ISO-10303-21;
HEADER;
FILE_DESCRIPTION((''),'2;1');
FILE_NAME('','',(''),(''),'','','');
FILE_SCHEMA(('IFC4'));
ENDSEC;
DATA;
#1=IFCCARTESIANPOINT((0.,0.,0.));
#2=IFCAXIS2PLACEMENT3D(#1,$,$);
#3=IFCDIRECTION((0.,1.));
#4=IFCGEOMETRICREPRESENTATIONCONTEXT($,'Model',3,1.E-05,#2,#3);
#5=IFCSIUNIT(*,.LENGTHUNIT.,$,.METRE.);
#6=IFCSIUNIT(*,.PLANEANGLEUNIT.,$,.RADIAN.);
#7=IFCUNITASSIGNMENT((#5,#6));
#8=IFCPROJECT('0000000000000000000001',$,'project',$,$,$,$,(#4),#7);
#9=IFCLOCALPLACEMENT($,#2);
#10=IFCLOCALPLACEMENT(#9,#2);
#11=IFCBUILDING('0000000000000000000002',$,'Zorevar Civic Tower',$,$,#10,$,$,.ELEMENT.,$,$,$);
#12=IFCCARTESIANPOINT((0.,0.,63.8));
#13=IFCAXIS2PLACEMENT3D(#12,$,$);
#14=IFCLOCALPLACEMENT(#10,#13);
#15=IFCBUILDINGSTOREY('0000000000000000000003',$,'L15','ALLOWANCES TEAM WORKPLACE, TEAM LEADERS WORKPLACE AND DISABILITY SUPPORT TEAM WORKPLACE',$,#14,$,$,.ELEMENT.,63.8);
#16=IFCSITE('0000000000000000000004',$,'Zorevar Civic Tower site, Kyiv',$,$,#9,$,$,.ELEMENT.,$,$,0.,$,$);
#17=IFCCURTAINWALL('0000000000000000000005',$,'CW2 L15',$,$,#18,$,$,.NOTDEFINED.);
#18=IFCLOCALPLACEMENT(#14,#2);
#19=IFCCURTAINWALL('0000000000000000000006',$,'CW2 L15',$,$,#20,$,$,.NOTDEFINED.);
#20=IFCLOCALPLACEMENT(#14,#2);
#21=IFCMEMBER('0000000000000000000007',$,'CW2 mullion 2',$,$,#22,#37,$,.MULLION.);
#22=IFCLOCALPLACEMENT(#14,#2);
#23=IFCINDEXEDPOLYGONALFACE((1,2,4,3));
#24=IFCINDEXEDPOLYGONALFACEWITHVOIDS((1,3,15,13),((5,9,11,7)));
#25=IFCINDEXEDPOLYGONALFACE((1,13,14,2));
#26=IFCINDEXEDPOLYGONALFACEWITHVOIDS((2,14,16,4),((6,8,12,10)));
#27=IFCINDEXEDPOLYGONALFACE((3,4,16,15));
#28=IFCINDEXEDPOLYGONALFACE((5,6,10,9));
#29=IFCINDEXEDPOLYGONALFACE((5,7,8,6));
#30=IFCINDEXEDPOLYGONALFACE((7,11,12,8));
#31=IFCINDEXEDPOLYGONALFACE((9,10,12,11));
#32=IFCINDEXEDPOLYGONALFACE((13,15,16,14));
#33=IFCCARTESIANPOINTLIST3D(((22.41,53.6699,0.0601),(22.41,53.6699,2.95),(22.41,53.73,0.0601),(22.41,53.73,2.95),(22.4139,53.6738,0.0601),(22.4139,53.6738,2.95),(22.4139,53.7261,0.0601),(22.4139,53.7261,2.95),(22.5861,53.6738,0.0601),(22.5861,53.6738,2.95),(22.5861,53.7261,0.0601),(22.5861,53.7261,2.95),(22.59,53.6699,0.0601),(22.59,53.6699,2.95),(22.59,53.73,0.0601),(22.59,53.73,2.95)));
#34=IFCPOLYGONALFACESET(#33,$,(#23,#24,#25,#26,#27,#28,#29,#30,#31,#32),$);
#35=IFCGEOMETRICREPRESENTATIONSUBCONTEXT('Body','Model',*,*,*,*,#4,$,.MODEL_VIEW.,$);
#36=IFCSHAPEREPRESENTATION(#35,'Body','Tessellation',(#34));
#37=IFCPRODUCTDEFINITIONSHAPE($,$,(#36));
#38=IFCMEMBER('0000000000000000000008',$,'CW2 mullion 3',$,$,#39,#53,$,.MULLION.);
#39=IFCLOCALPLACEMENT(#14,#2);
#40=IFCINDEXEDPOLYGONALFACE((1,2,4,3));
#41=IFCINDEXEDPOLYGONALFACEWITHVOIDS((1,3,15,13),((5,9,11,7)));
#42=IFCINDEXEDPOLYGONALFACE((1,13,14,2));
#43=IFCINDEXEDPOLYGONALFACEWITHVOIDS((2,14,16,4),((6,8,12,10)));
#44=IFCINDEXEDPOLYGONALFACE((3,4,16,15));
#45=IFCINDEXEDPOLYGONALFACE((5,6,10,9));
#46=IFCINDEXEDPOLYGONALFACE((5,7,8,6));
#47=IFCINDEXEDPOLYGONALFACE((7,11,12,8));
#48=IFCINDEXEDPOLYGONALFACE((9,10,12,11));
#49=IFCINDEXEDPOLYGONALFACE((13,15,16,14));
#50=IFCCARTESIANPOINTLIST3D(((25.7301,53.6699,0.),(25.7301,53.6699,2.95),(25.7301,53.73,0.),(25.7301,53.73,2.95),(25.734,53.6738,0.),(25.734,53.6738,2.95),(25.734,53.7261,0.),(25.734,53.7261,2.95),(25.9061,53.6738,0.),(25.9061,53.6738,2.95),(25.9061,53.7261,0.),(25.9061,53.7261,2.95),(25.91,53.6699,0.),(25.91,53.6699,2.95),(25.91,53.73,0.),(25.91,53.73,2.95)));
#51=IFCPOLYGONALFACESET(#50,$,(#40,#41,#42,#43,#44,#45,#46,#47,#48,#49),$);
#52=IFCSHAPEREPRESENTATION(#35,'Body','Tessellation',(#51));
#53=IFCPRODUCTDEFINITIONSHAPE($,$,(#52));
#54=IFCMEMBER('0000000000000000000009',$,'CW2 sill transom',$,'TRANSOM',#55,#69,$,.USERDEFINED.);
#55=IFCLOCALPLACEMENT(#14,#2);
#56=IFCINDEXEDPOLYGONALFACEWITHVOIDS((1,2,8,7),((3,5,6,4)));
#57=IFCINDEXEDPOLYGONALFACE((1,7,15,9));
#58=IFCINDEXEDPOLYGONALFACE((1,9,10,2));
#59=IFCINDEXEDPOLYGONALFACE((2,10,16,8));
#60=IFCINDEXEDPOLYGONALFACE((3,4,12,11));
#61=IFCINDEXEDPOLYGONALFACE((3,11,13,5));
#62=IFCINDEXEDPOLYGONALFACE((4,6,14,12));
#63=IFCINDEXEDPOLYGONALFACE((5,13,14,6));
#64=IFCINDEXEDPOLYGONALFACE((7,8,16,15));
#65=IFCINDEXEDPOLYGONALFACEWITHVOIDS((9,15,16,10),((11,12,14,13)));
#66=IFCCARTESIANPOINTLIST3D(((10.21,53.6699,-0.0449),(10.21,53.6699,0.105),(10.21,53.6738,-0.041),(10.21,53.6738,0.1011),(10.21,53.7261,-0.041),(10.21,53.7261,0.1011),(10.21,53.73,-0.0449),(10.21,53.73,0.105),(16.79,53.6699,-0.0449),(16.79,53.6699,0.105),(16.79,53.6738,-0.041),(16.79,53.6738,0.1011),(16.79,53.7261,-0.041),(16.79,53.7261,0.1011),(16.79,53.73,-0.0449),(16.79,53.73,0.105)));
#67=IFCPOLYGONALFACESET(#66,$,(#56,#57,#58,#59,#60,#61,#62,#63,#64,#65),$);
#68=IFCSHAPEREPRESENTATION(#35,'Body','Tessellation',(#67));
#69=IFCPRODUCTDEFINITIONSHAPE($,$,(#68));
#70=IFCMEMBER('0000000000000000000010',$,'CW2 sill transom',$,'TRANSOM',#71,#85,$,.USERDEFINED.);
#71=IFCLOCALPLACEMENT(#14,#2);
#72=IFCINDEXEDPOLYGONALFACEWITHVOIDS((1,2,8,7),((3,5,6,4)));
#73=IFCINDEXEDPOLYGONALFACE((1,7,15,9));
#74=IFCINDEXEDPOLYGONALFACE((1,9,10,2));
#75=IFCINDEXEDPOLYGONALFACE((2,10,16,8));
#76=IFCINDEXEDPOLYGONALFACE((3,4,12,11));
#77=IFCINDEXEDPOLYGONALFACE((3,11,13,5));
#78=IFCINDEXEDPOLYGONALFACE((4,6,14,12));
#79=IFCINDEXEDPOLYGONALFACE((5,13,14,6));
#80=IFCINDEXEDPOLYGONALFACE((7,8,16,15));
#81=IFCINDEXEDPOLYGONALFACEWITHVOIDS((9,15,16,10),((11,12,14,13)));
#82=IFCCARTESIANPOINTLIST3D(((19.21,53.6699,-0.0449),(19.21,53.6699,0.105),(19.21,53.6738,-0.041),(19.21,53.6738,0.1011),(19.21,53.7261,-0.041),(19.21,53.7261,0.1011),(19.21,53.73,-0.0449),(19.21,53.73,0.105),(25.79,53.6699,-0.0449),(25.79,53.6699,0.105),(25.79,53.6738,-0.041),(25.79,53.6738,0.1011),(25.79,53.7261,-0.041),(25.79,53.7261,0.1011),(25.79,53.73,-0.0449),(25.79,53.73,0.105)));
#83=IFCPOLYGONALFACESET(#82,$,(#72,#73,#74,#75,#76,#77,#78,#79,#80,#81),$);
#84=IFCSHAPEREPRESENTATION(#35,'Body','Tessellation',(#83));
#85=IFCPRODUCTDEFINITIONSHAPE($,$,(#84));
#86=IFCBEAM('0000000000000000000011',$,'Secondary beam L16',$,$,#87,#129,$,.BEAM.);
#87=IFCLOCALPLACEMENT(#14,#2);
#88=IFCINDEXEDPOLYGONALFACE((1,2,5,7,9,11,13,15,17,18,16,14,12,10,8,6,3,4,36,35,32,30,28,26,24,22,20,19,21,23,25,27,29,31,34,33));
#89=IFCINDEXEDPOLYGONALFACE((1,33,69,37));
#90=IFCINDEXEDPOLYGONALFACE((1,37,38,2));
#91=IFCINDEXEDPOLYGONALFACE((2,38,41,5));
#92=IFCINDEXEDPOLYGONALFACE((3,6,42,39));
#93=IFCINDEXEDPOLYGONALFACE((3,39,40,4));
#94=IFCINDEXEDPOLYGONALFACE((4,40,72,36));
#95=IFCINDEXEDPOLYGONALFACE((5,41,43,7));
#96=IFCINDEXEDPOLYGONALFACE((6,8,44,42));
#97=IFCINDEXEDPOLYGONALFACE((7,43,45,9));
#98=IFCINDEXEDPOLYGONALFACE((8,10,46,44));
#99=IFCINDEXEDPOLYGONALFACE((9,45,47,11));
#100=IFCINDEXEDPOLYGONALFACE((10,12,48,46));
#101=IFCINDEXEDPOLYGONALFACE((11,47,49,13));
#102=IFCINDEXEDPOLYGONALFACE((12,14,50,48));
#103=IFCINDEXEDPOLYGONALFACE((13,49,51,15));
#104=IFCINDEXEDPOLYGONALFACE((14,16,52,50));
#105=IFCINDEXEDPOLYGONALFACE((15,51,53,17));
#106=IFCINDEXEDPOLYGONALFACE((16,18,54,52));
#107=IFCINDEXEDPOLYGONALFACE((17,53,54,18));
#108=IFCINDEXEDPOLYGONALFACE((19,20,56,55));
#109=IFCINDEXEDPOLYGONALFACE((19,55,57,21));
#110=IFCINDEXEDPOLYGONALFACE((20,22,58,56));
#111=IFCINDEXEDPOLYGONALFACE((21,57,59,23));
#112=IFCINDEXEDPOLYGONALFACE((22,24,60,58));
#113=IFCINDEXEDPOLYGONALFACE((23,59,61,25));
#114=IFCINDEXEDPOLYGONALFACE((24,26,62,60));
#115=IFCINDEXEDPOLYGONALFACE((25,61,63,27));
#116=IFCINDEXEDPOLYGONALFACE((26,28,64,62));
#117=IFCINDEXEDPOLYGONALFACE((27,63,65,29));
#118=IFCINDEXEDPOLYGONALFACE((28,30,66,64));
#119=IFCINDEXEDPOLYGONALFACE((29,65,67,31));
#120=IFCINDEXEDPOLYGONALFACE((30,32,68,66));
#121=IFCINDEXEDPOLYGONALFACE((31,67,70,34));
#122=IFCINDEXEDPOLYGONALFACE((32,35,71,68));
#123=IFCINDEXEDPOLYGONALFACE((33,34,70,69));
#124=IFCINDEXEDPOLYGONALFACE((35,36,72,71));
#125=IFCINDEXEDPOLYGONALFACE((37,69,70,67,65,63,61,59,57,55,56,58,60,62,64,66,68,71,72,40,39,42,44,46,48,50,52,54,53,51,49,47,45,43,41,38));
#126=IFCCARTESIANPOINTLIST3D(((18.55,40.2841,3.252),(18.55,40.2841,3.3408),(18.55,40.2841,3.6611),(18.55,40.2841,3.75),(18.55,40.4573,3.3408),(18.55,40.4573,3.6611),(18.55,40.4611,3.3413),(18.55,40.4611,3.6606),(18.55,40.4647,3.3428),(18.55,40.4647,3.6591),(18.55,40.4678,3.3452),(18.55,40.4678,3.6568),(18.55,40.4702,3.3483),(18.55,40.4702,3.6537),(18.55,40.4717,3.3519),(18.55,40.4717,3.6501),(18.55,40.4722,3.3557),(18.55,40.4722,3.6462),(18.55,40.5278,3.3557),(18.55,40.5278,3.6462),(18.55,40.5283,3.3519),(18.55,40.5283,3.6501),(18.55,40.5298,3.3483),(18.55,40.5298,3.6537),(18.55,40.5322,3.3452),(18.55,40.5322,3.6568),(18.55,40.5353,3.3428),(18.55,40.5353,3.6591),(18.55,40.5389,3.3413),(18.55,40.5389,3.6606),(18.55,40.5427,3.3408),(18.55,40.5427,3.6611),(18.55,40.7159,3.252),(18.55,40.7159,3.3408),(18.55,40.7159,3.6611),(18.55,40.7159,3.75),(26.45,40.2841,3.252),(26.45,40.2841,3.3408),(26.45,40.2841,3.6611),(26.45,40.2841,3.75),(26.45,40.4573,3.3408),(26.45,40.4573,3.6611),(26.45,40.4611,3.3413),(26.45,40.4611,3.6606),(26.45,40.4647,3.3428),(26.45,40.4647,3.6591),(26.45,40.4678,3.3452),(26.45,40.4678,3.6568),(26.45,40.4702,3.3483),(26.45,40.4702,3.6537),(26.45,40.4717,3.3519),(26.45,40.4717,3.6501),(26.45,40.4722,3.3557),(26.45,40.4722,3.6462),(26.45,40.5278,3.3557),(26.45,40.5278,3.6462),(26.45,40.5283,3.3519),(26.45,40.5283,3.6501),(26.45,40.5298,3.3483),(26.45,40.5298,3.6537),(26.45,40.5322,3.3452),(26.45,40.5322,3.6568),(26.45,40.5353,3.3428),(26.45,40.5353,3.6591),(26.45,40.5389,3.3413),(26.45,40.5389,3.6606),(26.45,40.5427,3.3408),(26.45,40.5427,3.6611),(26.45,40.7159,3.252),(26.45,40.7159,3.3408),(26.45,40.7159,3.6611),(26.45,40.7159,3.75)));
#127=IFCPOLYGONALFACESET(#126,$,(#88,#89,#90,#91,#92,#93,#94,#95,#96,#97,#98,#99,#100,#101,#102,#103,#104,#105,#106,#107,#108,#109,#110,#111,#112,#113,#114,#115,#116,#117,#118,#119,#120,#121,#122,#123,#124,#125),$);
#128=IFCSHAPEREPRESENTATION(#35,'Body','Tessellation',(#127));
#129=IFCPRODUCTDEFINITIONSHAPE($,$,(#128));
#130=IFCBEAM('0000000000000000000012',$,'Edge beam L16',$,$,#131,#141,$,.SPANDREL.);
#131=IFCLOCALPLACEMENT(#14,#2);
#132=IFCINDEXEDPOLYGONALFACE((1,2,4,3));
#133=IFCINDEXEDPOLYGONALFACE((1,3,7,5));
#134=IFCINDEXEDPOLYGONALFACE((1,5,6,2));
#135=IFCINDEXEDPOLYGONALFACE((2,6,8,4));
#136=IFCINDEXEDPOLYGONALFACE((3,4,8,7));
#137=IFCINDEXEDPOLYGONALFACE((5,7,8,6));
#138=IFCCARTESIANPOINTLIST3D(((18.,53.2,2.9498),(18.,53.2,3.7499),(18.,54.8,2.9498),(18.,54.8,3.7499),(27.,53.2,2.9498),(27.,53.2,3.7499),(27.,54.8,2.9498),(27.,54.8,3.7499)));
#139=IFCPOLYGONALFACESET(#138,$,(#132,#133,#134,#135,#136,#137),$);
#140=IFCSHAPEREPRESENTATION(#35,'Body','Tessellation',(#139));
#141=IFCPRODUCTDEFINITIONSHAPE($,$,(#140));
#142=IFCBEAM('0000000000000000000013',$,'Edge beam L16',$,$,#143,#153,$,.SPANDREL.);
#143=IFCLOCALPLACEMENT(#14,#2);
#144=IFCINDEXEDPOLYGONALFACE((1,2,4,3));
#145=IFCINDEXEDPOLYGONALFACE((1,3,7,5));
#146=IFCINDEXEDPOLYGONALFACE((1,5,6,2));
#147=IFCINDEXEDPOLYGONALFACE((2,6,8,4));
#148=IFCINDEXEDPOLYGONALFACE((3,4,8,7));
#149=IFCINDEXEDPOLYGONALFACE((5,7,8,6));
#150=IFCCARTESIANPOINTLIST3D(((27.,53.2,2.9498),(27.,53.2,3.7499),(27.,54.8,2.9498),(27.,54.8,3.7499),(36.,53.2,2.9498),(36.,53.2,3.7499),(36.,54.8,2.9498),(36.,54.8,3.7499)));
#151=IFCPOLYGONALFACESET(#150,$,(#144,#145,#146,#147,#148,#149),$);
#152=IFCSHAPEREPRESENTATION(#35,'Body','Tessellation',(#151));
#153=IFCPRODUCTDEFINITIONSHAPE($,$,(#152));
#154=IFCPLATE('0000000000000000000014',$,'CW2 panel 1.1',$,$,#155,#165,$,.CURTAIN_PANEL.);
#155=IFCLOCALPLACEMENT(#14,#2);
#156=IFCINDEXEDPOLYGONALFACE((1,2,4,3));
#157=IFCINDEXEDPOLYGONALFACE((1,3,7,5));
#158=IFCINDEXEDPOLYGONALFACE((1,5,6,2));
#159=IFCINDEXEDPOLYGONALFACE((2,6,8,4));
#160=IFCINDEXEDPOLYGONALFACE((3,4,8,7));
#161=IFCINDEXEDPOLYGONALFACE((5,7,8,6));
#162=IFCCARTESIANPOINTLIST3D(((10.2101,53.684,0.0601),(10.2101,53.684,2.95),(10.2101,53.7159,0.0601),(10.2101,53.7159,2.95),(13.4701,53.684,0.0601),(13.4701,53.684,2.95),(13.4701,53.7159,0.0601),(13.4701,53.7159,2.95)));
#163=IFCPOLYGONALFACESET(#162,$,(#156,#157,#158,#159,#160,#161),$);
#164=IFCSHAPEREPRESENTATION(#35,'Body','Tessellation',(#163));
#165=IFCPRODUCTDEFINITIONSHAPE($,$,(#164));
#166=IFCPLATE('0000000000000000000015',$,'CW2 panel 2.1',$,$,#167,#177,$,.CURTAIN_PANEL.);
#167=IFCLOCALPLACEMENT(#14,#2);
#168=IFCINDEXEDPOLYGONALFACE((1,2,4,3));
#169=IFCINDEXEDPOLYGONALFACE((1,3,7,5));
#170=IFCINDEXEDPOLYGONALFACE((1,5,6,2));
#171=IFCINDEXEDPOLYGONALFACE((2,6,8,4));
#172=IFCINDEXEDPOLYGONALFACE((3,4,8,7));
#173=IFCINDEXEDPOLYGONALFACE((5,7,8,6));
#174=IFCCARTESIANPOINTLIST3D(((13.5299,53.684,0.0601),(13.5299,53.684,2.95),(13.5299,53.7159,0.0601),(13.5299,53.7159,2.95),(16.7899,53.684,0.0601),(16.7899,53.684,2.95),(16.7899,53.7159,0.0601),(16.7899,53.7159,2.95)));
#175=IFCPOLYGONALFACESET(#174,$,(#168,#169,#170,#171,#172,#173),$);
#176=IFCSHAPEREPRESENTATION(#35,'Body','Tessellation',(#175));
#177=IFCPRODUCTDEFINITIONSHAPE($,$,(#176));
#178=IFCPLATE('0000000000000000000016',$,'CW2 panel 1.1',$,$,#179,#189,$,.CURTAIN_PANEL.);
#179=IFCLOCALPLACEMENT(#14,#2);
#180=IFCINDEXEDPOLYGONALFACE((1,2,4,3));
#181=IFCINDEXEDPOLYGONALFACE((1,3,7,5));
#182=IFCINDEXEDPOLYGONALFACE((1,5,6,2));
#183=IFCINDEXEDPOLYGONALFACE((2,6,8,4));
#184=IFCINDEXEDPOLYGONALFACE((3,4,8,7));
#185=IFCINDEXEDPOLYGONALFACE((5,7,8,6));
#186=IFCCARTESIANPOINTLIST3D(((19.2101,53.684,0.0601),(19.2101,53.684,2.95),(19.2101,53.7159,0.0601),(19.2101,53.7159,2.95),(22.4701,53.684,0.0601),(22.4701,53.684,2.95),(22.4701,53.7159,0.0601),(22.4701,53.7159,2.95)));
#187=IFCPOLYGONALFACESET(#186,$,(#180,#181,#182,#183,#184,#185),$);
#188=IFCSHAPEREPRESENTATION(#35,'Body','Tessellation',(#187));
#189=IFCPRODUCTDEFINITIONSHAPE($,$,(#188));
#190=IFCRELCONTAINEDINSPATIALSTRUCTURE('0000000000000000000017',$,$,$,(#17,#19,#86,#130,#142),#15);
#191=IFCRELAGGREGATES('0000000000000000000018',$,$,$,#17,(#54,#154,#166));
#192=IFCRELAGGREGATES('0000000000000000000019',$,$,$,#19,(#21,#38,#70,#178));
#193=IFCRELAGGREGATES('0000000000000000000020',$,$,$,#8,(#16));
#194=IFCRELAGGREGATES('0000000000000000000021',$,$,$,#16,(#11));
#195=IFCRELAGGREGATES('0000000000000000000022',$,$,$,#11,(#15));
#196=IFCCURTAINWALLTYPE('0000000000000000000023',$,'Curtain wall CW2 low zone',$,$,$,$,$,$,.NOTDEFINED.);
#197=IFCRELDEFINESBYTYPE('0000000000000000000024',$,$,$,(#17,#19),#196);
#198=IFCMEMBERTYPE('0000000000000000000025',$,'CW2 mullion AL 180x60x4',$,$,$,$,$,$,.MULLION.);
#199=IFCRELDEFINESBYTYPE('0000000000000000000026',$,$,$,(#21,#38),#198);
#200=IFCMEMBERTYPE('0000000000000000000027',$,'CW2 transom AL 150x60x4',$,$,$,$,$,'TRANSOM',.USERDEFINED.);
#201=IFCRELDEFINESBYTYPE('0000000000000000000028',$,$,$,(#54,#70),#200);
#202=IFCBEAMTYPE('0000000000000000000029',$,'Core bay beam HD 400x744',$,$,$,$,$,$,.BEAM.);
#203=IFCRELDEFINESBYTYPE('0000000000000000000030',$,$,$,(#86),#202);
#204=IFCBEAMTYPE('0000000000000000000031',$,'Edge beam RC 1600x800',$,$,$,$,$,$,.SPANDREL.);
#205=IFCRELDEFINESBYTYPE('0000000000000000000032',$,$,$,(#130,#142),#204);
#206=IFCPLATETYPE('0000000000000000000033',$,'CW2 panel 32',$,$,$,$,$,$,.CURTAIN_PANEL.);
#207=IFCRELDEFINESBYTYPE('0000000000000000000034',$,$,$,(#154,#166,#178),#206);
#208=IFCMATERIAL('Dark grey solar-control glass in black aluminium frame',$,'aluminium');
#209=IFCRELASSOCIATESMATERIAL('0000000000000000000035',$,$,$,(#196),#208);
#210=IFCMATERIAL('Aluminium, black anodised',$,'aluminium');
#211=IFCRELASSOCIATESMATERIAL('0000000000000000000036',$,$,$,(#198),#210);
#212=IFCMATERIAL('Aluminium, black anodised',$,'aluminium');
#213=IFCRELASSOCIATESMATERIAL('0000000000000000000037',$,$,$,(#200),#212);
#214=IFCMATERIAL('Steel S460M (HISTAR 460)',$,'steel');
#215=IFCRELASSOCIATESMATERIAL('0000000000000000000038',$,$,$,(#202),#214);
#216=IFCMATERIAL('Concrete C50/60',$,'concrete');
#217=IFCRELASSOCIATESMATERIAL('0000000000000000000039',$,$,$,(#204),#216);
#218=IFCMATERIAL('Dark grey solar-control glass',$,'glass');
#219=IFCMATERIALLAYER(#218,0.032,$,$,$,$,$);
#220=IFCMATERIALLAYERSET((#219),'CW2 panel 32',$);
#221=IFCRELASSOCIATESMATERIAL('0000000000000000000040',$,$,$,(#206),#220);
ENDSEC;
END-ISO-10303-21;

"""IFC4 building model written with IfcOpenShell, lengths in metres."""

from ifc_helpers import new_model, si_unit, direction, frame, origin, origin_2d, place, context, subcontext, project, spatial, rectangle, hollow_rectangle, i_section, extrude, material, layer, layer_set, material_profile, profile_set, type_object, element, aggregate, save


model = new_model("IFC4")

# Units and contexts
model_context = context("Model", 3, precision=1e-05, world=origin(), true_north=direction((0.0, 1.0)))
body_context = subcontext(model_context, "Body", "Model", "MODEL_VIEW")
ifc_project = project(units=[si_unit("LENGTHUNIT", "METRE"), si_unit("PLANEANGLEUNIT", "RADIAN")], contexts=[model_context])

# Site, building, storey
site_placement = place(None, origin())
site = spatial("IfcSite", under=ifc_project, at=site_placement, Name="Zorevar Civic Tower site, Kyiv", CompositionType="ELEMENT", RefElevation=0.0)
building_placement = place(site_placement, origin())
building = spatial("IfcBuilding", under=site, at=building_placement, Name="Zorevar Civic Tower", CompositionType="ELEMENT")
storey_placement = place(building_placement, frame((0.0, 0.0, 63.8)))
storey = spatial("IfcBuildingStorey", under=building, at=storey_placement, Name="L15", Description="ALLOWANCES TEAM WORKPLACE, TEAM LEADERS WORKPLACE AND DISABILITY SUPPORT TEAM WORKPLACE", CompositionType="ELEMENT", Elevation=63.8)

# Curtain walls, members
ifc_material_1 = material(Name="Dark grey solar-control glass in black aluminium frame", Category="aluminium")
curtain_wall_type = type_object("IfcCurtainWallType", Name="Curtain wall CW2 low zone", PredefinedType="NOTDEFINED", material=ifc_material_1)
curtain_wall_1_placement = place(storey_placement, origin())
curtain_wall_1 = element("IfcCurtainWall", 1, at=curtain_wall_1_placement, inside=storey, type_object=curtain_wall_type, Name="CW2 L15", PredefinedType="NOTDEFINED")
ifc_material_2 = material(Name="Aluminium, black anodised", Category="aluminium")
ifc_material_profile_1 = material_profile(ifc_material_2, hollow_rectangle(XDim=0.0601, YDim=0.1799, WallThickness=0.0039, at=origin_2d()), Name="AL 180x60x4")
ifc_profile_set_1 = profile_set([ifc_material_profile_1], Name="Aluminium, black anodised")
member_type_1 = type_object("IfcMemberType", Name="CW2 mullion AL 180x60x4", PredefinedType="MULLION", material=ifc_profile_set_1)
curtain_wall_2_placement = place(storey_placement, origin())
curtain_wall_2 = element("IfcCurtainWall", 2, at=curtain_wall_2_placement, inside=storey, type_object=curtain_wall_type, Name="CW2 L15", PredefinedType="NOTDEFINED")
member_1_placement = place(storey_placement, frame((22.5, 53.7, 0.0601), z_axis=(0.0, 0.0, 1.0), x_axis=(0.0, 1.0, 0.0)))
member_1 = element("IfcMember", 3, at=member_1_placement, type_object=member_type_1, Name="CW2 mullion 2", PredefinedType="MULLION", context=body_context, shape_type="SweptSolid", body=[
    extrude(hollow_rectangle(XDim=0.0601, YDim=0.1799, WallThickness=0.0039, at=origin_2d()), origin(), (0.0, 0.0, 1.0), 2.8899),
])
member_2_placement = place(storey_placement, frame((25.8201, 53.7, 0.0), z_axis=(0.0, 0.0, 1.0), x_axis=(0.0, 1.0, 0.0)))
member_2 = element("IfcMember", 4, at=member_2_placement, type_object=member_type_1, Name="CW2 mullion 3", PredefinedType="MULLION", context=body_context, shape_type="SweptSolid", body=[
    extrude(hollow_rectangle(XDim=0.0601, YDim=0.1799, WallThickness=0.0039, at=origin_2d()), origin(), (0.0, 0.0, 1.0), 2.95),
])

# Members
ifc_material_3 = material(Name="Aluminium, black anodised", Category="aluminium")
ifc_material_profile_2 = material_profile(ifc_material_3, hollow_rectangle(XDim=0.0601, YDim=0.1499, WallThickness=0.0039, at=origin_2d()), Name="AL 150x60x4")
ifc_profile_set_2 = profile_set([ifc_material_profile_2], Name="Aluminium, black anodised")
member_type_2 = type_object("IfcMemberType", Name="CW2 transom AL 150x60x4", ElementType="TRANSOM", PredefinedType="USERDEFINED", material=ifc_profile_set_2)
member_3_placement = place(storey_placement, frame((10.21, 53.7, 0.03), z_axis=(1.0, 0.0, 0.0), x_axis=(0.0, 1.0, 0.0)))
member_3 = element("IfcMember", 5, at=member_3_placement, type_object=member_type_2, Name="CW2 sill transom", ObjectType="TRANSOM", PredefinedType="USERDEFINED", context=body_context, shape_type="SweptSolid", body=[
    extrude(hollow_rectangle(XDim=0.0601, YDim=0.1499, WallThickness=0.0039, at=origin_2d()), origin(), (0.0, 0.0, 1.0), 6.5801),
])
member_4_placement = place(storey_placement, frame((19.21, 53.7, 0.03), z_axis=(1.0, 0.0, 0.0), x_axis=(0.0, 1.0, 0.0)))
member_4 = element("IfcMember", 6, at=member_4_placement, type_object=member_type_2, Name="CW2 sill transom", ObjectType="TRANSOM", PredefinedType="USERDEFINED", context=body_context, shape_type="SweptSolid", body=[
    extrude(hollow_rectangle(XDim=0.0601, YDim=0.1499, WallThickness=0.0039, at=origin_2d()), origin(), (0.0, 0.0, 1.0), 6.5801),
])

# Beams
ifc_material_4 = material(Name="Steel S460M (HISTAR 460)", Category="steel")
ifc_material_profile_3 = material_profile(ifc_material_4, i_section(OverallWidth=0.4319, OverallDepth=0.498, WebThickness=0.0557, FlangeThickness=0.0889, FilletRadius=0.0149, at=origin_2d()), Name="HD 400x744")
ifc_profile_set_3 = profile_set([ifc_material_profile_3], Name="Steel S460M (HISTAR 460)")
beam_type_1 = type_object("IfcBeamType", Name="Core bay beam HD 400x744", PredefinedType="BEAM", material=ifc_profile_set_3)
beam_1_placement = place(storey_placement, frame((18.55, 40.5, 3.501), z_axis=(1.0, 0.0, 0.0), x_axis=(0.0, 1.0, 0.0)))
element("IfcBeam", 7, at=beam_1_placement, inside=storey, type_object=beam_type_1, Name="Secondary beam L16", PredefinedType="BEAM", context=body_context, shape_type="SweptSolid", body=[
    extrude(i_section(OverallWidth=0.4319, OverallDepth=0.498, WebThickness=0.0557, FlangeThickness=0.0889, FilletRadius=0.0149, at=origin_2d()), origin(), (0.0, 0.0, 1.0), 7.8999),
])
ifc_material_5 = material(Name="Concrete C50/60", Category="concrete")
ifc_material_profile_4 = material_profile(ifc_material_5, rectangle(XDim=1.6001, YDim=0.8, at=origin_2d()), Name="RC 1600x800")
ifc_profile_set_4 = profile_set([ifc_material_profile_4], Name="Concrete C50/60")
beam_type_2 = type_object("IfcBeamType", Name="Edge beam RC 1600x800", PredefinedType="SPANDREL", material=ifc_profile_set_4)
for number, where, z_axis, x_axis, name in (
    (8, (18.0, 54.0, 3.3499), (1.0, 0.0, 0.0), (0.0, 1.0, 0.0), "Edge beam L16"),
    (9, (27.0, 54.0, 3.3499), (1.0, 0.0, 0.0), (0.0, 1.0, 0.0), "Edge beam L16"),
):
    element("IfcBeam", number, at=place(storey_placement, frame(where, z_axis=z_axis, x_axis=x_axis)), inside=storey, type_object=beam_type_2, Name=name, PredefinedType="SPANDREL", context=body_context, shape_type="SweptSolid", body=[
        extrude(rectangle(XDim=1.6001, YDim=0.8, at=origin_2d()), origin(), (0.0, 0.0, 1.0), 9.0),
    ])

# Plates
ifc_material_6 = material(Name="Dark grey solar-control glass", Category="glass")
ifc_layer_1 = layer(ifc_material_6, 0.032)
ifc_layer_set_1 = layer_set([ifc_layer_1], Name="CW2 panel 32")
plate_type = type_object("IfcPlateType", Name="CW2 panel 32", PredefinedType="CURTAIN_PANEL", material=ifc_layer_set_1)
plate_1_placement = place(storey_placement, frame((11.8401, 53.7, 0.0601), z_axis=(0.0, 0.0, 1.0), x_axis=(1.0, 0.0, 0.0)))
plate_1 = element("IfcPlate", 10, at=plate_1_placement, type_object=plate_type, Name="CW2 panel 1.1", PredefinedType="CURTAIN_PANEL", context=body_context, shape_type="SweptSolid", body=[
    extrude(rectangle(XDim=3.26, YDim=0.032, at=origin_2d()), origin(), (0.0, 0.0, 1.0), 2.8899),
])
plate_2_placement = place(storey_placement, frame((15.1599, 53.7, 0.0601), z_axis=(0.0, 0.0, 1.0), x_axis=(1.0, 0.0, 0.0)))
plate_2 = element("IfcPlate", 11, at=plate_2_placement, type_object=plate_type, Name="CW2 panel 2.1", PredefinedType="CURTAIN_PANEL", context=body_context, shape_type="SweptSolid", body=[
    extrude(rectangle(XDim=3.26, YDim=0.032, at=origin_2d()), origin(), (0.0, 0.0, 1.0), 2.8899),
])
aggregate(curtain_wall_1, [member_3, plate_1, plate_2])
plate_3_placement = place(storey_placement, frame((20.8401, 53.7, 0.0601), z_axis=(0.0, 0.0, 1.0), x_axis=(1.0, 0.0, 0.0)))
plate_3 = element("IfcPlate", 12, at=plate_3_placement, type_object=plate_type, Name="CW2 panel 1.1", PredefinedType="CURTAIN_PANEL", context=body_context, shape_type="SweptSolid", body=[
    extrude(rectangle(XDim=3.26, YDim=0.032, at=origin_2d()), origin(), (0.0, 0.0, 1.0), 2.8899),
])
aggregate(curtain_wall_2, [member_1, member_2, member_4, plate_3])

save(model, "model.ifc")
